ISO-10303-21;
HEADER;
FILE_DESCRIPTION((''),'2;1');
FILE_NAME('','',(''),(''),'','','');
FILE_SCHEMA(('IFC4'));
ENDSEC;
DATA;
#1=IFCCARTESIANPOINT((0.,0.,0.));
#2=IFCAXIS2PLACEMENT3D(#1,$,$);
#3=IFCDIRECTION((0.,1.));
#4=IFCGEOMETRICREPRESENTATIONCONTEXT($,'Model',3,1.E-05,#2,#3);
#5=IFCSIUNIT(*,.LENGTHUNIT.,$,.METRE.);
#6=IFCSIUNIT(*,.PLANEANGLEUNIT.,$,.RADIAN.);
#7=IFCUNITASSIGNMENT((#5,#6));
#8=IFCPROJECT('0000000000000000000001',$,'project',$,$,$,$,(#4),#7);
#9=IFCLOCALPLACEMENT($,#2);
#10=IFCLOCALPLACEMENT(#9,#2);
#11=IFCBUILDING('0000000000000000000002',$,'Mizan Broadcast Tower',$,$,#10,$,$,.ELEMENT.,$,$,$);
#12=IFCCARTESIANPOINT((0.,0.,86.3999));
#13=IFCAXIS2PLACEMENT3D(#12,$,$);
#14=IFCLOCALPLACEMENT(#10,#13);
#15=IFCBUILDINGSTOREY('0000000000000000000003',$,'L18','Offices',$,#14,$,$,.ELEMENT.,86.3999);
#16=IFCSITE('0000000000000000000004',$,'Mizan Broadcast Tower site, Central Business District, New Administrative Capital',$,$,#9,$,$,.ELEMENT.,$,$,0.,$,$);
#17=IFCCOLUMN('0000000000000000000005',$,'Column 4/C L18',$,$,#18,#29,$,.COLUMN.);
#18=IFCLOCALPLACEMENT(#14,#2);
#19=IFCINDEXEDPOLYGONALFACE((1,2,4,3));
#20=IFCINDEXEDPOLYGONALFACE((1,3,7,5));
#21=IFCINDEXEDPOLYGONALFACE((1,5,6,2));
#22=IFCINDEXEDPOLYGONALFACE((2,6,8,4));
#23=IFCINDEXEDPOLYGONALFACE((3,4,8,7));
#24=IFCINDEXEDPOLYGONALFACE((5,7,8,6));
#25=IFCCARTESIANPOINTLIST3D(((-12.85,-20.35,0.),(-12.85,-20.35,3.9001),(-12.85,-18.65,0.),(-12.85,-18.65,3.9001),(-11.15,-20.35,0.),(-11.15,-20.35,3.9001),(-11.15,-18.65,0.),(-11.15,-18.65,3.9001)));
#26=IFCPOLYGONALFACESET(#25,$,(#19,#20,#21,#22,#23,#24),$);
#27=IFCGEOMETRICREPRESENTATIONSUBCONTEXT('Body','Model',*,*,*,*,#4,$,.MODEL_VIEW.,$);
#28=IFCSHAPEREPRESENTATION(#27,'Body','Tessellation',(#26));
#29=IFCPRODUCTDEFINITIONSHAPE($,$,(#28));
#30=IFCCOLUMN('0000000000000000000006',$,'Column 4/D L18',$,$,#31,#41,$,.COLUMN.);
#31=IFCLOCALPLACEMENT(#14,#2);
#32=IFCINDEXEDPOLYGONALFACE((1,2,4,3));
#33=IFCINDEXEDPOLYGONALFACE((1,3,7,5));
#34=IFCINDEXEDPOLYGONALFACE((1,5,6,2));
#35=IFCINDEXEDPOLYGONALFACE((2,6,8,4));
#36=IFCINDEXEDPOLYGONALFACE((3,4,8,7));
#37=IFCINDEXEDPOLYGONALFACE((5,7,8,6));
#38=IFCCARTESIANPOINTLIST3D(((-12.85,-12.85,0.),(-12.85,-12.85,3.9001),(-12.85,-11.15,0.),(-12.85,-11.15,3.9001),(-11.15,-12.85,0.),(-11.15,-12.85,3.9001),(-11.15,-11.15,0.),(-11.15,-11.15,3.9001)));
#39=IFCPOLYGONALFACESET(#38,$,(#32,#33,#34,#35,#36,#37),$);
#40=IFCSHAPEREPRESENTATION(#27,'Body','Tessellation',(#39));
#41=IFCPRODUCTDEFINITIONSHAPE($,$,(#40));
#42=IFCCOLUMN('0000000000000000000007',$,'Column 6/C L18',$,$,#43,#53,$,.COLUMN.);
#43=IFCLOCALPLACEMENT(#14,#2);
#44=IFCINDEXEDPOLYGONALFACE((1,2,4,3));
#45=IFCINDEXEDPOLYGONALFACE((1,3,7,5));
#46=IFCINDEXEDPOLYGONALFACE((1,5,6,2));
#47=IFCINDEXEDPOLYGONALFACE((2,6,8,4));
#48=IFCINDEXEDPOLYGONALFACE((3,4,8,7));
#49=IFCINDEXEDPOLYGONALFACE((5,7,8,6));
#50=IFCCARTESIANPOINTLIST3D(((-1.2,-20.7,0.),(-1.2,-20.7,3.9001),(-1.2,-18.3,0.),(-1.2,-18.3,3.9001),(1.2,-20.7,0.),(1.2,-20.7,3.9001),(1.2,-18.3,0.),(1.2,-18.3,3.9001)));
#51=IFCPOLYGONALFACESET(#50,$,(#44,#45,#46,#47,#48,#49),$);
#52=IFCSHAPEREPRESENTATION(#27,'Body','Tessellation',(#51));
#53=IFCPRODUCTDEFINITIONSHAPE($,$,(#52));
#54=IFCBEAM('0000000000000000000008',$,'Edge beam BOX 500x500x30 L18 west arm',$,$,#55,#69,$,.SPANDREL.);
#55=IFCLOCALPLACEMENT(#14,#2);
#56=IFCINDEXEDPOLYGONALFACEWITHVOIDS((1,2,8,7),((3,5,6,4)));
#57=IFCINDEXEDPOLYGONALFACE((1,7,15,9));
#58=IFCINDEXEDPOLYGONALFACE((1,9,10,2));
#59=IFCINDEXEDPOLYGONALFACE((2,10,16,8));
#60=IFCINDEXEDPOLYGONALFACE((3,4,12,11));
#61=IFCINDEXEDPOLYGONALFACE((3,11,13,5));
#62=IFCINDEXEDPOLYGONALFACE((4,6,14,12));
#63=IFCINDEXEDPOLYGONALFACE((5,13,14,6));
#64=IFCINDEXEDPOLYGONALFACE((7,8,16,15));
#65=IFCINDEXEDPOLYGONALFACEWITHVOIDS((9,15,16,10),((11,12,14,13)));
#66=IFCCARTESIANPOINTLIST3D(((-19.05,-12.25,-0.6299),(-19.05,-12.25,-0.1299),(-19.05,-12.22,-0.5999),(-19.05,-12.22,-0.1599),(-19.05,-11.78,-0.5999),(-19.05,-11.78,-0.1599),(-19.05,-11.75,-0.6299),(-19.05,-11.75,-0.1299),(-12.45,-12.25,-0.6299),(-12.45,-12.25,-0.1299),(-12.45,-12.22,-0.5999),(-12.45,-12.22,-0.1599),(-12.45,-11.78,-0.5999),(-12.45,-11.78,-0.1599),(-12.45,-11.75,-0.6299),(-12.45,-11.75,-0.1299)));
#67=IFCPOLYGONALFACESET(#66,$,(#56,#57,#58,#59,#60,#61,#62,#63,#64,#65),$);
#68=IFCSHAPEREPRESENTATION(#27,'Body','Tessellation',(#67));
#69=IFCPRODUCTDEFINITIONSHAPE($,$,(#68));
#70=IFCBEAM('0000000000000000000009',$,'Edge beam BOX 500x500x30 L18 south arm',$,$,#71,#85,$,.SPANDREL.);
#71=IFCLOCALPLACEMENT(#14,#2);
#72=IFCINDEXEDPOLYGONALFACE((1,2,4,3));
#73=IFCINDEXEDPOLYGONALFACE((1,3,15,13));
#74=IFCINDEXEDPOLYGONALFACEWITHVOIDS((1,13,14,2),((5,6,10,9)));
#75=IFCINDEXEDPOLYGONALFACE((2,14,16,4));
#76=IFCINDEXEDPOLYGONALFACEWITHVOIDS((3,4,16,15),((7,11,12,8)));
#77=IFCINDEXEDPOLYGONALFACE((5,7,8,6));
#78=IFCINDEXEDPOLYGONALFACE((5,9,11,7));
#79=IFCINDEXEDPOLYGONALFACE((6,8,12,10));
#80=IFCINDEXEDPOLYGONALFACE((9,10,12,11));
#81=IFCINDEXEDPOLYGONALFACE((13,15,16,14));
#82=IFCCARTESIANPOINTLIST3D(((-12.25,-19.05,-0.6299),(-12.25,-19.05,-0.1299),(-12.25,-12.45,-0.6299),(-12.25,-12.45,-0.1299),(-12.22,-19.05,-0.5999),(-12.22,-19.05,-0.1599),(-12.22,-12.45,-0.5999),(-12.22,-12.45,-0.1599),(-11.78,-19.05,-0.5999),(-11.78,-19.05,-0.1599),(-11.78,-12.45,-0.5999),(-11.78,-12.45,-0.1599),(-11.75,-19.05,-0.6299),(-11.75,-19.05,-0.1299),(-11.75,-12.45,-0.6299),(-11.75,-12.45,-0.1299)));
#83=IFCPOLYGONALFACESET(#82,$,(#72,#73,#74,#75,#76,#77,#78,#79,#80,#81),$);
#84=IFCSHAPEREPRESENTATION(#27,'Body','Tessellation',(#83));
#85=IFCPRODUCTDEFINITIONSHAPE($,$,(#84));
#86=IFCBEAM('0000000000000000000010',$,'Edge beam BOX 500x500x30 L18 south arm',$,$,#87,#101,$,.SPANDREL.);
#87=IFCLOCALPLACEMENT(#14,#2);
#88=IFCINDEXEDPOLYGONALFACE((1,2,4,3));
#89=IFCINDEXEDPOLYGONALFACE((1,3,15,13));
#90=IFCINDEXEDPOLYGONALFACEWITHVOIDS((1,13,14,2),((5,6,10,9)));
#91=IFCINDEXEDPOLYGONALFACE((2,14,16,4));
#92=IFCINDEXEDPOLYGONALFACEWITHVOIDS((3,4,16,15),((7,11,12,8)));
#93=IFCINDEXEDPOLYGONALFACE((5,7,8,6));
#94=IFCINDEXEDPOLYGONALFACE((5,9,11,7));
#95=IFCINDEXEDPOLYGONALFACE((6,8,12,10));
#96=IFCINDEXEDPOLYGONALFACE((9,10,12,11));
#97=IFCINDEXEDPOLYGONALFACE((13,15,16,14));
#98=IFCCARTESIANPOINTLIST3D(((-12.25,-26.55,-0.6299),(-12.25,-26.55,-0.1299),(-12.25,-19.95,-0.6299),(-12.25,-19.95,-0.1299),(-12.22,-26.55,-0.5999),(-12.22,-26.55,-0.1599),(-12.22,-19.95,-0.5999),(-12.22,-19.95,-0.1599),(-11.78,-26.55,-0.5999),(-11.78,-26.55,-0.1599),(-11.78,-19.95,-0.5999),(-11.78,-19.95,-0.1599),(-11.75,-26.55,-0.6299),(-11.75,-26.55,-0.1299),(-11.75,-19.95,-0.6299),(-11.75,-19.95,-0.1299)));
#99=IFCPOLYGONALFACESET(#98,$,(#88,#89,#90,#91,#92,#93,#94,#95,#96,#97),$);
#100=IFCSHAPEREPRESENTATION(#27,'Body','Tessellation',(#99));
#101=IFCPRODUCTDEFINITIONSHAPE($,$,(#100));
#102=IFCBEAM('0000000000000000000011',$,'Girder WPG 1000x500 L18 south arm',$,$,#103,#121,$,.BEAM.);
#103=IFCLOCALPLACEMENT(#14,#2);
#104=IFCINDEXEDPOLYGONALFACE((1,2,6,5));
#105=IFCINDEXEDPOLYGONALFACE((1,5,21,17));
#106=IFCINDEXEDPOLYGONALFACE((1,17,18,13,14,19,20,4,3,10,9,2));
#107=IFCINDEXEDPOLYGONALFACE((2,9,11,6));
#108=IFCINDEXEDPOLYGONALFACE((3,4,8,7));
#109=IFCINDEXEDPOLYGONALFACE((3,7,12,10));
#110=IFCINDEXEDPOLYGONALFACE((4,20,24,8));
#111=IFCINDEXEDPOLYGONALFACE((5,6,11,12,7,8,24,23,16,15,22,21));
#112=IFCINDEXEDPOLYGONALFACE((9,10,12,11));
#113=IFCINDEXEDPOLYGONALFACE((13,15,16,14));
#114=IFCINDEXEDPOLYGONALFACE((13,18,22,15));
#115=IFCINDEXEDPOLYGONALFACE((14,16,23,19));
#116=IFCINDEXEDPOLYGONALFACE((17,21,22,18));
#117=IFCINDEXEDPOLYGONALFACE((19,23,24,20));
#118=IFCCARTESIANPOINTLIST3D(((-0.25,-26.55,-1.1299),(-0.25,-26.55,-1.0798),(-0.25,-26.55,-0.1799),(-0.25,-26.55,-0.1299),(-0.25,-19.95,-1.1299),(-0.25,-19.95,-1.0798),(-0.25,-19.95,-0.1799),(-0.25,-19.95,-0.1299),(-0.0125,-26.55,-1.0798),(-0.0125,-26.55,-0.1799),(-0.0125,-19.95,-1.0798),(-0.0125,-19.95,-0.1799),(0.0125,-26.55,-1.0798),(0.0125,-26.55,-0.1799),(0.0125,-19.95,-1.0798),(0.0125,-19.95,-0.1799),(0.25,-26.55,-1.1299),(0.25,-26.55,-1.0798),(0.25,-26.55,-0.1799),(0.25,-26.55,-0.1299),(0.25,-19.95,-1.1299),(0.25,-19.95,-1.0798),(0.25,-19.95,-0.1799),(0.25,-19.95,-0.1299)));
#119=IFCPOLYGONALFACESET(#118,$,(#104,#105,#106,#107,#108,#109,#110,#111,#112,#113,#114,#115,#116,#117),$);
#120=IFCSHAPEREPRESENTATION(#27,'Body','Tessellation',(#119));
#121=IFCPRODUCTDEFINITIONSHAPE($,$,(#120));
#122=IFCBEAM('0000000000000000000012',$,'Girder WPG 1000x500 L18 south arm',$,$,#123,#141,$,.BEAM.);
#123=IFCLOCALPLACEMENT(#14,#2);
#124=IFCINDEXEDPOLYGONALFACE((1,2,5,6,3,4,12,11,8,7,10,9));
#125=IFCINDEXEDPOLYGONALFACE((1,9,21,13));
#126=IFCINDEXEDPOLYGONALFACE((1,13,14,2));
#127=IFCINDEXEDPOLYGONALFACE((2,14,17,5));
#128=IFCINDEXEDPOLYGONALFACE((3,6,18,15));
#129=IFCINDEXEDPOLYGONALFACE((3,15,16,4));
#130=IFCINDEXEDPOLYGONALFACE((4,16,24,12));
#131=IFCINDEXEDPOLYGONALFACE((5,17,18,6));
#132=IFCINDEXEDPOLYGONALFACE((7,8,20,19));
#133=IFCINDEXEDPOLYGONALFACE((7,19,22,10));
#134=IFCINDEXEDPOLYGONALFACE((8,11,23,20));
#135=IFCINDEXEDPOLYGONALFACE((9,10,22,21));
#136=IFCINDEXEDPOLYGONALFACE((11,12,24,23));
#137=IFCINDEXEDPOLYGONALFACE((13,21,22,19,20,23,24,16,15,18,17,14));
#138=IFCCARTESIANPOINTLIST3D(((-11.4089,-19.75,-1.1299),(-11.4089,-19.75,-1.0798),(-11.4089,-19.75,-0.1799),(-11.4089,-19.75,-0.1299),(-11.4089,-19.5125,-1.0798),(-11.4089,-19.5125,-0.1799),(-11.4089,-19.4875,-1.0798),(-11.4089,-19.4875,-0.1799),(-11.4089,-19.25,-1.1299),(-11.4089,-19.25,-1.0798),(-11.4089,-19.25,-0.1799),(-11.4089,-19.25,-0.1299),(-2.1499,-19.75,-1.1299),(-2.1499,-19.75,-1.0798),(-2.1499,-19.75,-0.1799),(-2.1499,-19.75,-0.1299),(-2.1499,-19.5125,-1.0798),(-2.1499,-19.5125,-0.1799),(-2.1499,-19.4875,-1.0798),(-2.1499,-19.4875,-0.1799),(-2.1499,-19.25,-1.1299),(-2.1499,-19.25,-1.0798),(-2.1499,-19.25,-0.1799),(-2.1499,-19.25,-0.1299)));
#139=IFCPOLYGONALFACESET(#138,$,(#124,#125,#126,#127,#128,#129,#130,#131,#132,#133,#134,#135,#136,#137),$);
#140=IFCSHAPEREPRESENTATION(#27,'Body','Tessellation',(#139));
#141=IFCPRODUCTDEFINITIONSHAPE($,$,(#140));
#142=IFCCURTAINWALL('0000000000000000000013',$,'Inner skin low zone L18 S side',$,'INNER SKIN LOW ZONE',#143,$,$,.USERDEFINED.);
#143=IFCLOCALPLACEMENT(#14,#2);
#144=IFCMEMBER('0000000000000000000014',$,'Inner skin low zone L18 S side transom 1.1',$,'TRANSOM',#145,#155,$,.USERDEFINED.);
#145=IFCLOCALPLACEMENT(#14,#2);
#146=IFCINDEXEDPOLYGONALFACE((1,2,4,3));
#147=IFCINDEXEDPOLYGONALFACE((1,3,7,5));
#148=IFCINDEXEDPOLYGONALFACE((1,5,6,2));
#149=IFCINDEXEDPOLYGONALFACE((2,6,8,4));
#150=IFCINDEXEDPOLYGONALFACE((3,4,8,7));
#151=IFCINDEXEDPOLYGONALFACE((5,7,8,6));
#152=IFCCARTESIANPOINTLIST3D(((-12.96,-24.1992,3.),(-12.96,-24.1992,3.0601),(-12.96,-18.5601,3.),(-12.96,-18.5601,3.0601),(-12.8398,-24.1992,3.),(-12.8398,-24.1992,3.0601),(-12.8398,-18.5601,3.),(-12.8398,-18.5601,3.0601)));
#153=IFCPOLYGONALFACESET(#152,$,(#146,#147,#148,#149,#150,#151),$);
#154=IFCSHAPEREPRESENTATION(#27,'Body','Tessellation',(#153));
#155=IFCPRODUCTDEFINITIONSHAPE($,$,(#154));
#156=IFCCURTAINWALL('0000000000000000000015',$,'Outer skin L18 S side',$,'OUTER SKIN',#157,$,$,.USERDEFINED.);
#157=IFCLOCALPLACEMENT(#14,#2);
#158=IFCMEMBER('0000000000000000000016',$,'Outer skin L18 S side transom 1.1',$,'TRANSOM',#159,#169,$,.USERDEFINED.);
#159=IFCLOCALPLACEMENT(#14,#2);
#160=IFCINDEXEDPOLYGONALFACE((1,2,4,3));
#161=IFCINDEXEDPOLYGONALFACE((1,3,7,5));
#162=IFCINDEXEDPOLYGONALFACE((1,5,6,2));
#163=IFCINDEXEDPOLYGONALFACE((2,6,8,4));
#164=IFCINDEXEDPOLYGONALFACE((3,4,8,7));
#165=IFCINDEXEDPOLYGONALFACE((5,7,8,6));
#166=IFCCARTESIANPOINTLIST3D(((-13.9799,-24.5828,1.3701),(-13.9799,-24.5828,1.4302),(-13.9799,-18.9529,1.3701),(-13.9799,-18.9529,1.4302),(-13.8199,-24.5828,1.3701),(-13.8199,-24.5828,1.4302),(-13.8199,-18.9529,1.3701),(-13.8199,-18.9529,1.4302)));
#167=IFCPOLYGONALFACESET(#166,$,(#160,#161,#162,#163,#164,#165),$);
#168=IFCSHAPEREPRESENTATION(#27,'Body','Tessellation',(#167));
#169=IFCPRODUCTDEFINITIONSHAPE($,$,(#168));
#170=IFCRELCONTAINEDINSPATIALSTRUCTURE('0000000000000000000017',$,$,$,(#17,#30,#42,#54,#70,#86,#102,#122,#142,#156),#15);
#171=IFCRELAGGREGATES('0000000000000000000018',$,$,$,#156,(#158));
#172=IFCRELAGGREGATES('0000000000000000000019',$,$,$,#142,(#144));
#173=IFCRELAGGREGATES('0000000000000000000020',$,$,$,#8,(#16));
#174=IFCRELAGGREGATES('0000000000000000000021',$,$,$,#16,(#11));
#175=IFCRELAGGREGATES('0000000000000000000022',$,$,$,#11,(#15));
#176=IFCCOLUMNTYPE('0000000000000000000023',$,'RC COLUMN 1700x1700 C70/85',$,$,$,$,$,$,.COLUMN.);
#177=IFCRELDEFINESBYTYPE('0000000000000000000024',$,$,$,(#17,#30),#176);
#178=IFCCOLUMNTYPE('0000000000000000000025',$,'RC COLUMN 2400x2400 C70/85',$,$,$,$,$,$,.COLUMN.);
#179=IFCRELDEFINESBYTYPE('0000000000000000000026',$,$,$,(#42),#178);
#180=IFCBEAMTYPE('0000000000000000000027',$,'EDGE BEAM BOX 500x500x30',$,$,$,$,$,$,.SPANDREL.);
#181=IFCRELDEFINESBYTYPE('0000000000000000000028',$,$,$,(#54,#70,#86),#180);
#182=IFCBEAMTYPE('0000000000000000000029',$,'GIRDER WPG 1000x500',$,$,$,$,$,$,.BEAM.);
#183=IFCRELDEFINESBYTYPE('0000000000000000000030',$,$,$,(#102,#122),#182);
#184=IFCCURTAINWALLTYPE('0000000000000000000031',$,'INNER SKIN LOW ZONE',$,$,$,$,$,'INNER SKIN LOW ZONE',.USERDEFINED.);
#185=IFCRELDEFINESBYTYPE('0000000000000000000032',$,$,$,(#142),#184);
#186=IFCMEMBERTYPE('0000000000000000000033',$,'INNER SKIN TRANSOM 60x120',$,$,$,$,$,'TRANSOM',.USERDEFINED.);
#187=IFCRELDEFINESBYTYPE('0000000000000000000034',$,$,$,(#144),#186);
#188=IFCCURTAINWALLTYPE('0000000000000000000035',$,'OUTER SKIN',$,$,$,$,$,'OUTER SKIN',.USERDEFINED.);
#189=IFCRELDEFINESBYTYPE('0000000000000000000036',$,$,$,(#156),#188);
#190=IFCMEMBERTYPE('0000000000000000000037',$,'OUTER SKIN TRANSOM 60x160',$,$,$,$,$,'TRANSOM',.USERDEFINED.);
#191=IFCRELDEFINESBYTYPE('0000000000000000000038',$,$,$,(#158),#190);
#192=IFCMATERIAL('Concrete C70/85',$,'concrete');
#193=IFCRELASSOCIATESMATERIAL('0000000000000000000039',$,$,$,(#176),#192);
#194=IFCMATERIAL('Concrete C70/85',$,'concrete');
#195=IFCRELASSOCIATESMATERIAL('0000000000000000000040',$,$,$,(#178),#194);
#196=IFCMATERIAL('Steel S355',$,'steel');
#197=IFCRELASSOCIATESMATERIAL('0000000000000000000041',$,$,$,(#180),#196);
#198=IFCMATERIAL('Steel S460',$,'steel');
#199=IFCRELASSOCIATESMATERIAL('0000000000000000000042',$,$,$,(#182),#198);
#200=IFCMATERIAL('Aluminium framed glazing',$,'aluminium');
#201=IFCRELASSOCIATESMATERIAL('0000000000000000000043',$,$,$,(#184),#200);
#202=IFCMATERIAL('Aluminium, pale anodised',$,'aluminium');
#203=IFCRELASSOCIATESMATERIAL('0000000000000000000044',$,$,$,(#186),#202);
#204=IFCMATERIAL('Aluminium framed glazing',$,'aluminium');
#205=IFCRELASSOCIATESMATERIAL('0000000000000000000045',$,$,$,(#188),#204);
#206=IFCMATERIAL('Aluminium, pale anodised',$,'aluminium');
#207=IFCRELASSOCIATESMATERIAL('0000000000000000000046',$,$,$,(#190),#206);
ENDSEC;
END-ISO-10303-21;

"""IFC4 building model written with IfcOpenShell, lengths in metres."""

from ifc_helpers import new_model, si_unit, direction, frame, origin, origin_2d, place, context, subcontext, project, spatial, rectangle, hollow_rectangle, i_section, extrude, material, material_profile, profile_set, type_object, element, aggregate, save


model = new_model("IFC4")

# Units and contexts
model_context = context("Model", 3, precision=1e-05, world=origin(), true_north=direction((0.0, 1.0)))
body_context = subcontext(model_context, "Body", "Model", "MODEL_VIEW")
ifc_project = project(units=[si_unit("LENGTHUNIT", "METRE"), si_unit("PLANEANGLEUNIT", "RADIAN")], contexts=[model_context])

# Site, building, storey
site_placement = place(None, origin())
site = spatial("IfcSite", under=ifc_project, at=site_placement, Name="Mizan Broadcast Tower site, Central Business District, New Administrative Capital", CompositionType="ELEMENT", RefElevation=0.0)
building_placement = place(site_placement, origin())
building = spatial("IfcBuilding", under=site, at=building_placement, Name="Mizan Broadcast Tower", CompositionType="ELEMENT")
storey_placement = place(building_placement, frame((0.0, 0.0, 86.3999)))
storey = spatial("IfcBuildingStorey", under=building, at=storey_placement, Name="L18", Description="Offices", CompositionType="ELEMENT", Elevation=86.3999)

# Columns
ifc_material_1 = material(Name="Concrete C70/85", Category="concrete")
ifc_material_profile_1 = material_profile(ifc_material_1, rectangle(XDim=1.7, YDim=1.7, at=origin_2d()), Name="RC 1700x1700")
ifc_profile_set_1 = profile_set([ifc_material_profile_1], Name="Concrete C70/85")
column_type_1 = type_object("IfcColumnType", Name="RC COLUMN 1700x1700 C70/85", PredefinedType="COLUMN", material=ifc_profile_set_1)
for number, where, z_axis, x_axis, name in (
    (1, (-12.0, -19.5, 0.0), (0.0, 0.0, 1.0), (1.0, 0.0, 0.0), "Column 4/C L18"),
    (2, (-12.0, -12.0, 0.0), (0.0, 0.0, 1.0), (1.0, 0.0, 0.0), "Column 4/D L18"),
):
    element("IfcColumn", number, at=place(storey_placement, frame(where, z_axis=z_axis, x_axis=x_axis)), inside=storey, type_object=column_type_1, Name=name, PredefinedType="COLUMN", context=body_context, shape_type="SweptSolid", body=[
        extrude(rectangle(XDim=1.7, YDim=1.7, at=origin_2d()), origin(), (0.0, 0.0, 1.0), 3.9001),
    ])
ifc_material_2 = material(Name="Concrete C70/85", Category="concrete")
ifc_material_profile_2 = material_profile(ifc_material_2, rectangle(XDim=2.3999, YDim=2.3999, at=origin_2d()), Name="RC 2400x2400")
ifc_profile_set_2 = profile_set([ifc_material_profile_2], Name="Concrete C70/85")
column_type_2 = type_object("IfcColumnType", Name="RC COLUMN 2400x2400 C70/85", PredefinedType="COLUMN", material=ifc_profile_set_2)
column_placement = place(storey_placement, frame((0.0, -19.5, 0.0), z_axis=(0.0, 0.0, 1.0), x_axis=(1.0, 0.0, 0.0)))
element("IfcColumn", 3, at=column_placement, inside=storey, type_object=column_type_2, Name="Column 6/C L18", PredefinedType="COLUMN", context=body_context, shape_type="SweptSolid", body=[
    extrude(rectangle(XDim=2.3999, YDim=2.3999, at=origin_2d()), origin(), (0.0, 0.0, 1.0), 3.9001),
])

# Beams
ifc_material_3 = material(Name="Steel S355", Category="steel")
ifc_material_profile_3 = material_profile(ifc_material_3, hollow_rectangle(XDim=0.5, YDim=0.5, WallThickness=0.03, at=origin_2d()), Name="BOX 500x500x30")
ifc_profile_set_3 = profile_set([ifc_material_profile_3], Name="Steel S355")
beam_type_1 = type_object("IfcBeamType", Name="EDGE BEAM BOX 500x500x30", PredefinedType="SPANDREL", material=ifc_profile_set_3)
for number, where, z_axis, x_axis, name in (
    (4, (-12.45, -12.0, -0.3799), (-1.0, 0.0, 0.0), (0.0, -1.0, 0.0), "Edge beam BOX 500x500x30 L18 west arm"),
    (5, (-12.0, -12.45, -0.3799), (0.0, -1.0, 0.0), (1.0, 0.0, 0.0), "Edge beam BOX 500x500x30 L18 south arm"),
    (6, (-12.0, -19.95, -0.3799), (0.0, -1.0, 0.0), (1.0, 0.0, 0.0), "Edge beam BOX 500x500x30 L18 south arm"),
):
    element("IfcBeam", number, at=place(storey_placement, frame(where, z_axis=z_axis, x_axis=x_axis)), inside=storey, type_object=beam_type_1, Name=name, PredefinedType="SPANDREL", context=body_context, shape_type="SweptSolid", body=[
        extrude(hollow_rectangle(XDim=0.5, YDim=0.5, WallThickness=0.03, at=origin_2d()), origin(), (0.0, 0.0, 1.0), 6.6001),
    ])
ifc_material_4 = material(Name="Steel S460", Category="steel")
ifc_material_profile_4 = material_profile(ifc_material_4, i_section(OverallWidth=0.5, OverallDepth=1.0, WebThickness=0.0249, FlangeThickness=0.05, at=origin_2d()), Name="WPG 1000x500")
ifc_profile_set_4 = profile_set([ifc_material_profile_4], Name="Steel S460")
beam_type_2 = type_object("IfcBeamType", Name="GIRDER WPG 1000x500", PredefinedType="BEAM", material=ifc_profile_set_4)
beam_1_placement = place(storey_placement, frame((0.0, -19.95, -0.6299), z_axis=(0.0, -1.0, 0.0), x_axis=(1.0, 0.0, 0.0)))
element("IfcBeam", 7, at=beam_1_placement, inside=storey, type_object=beam_type_2, Name="Girder WPG 1000x500 L18 south arm", PredefinedType="BEAM", context=body_context, shape_type="SweptSolid", body=[
    extrude(i_section(OverallWidth=0.5, OverallDepth=1.0, WebThickness=0.0249, FlangeThickness=0.05, at=origin_2d()), origin(), (0.0, 0.0, 1.0), 6.6001),
])
beam_2_placement = place(storey_placement, frame((-11.4089, -19.5, -0.6299), z_axis=(1.0, 0.0, 0.0), x_axis=(0.0, 1.0, 0.0)))
element("IfcBeam", 8, at=beam_2_placement, inside=storey, type_object=beam_type_2, Name="Girder WPG 1000x500 L18 south arm", PredefinedType="BEAM", context=body_context, shape_type="SweptSolid", body=[
    extrude(i_section(OverallWidth=0.5, OverallDepth=1.0, WebThickness=0.0249, FlangeThickness=0.05, at=origin_2d()), origin(), (0.0, 0.0, 1.0), 9.259),
])

# Curtain walls, members
ifc_material_5 = material(Name="Aluminium framed glazing", Category="aluminium")
curtain_wall_type_1 = type_object("IfcCurtainWallType", Name="INNER SKIN LOW ZONE", ElementType="INNER SKIN LOW ZONE", PredefinedType="USERDEFINED", material=ifc_material_5)
curtain_wall_1_placement = place(storey_placement, origin())
curtain_wall_1 = element("IfcCurtainWall", 9, at=curtain_wall_1_placement, inside=storey, type_object=curtain_wall_type_1, Name="Inner skin low zone L18 S side", ObjectType="INNER SKIN LOW ZONE", PredefinedType="USERDEFINED")
ifc_material_6 = material(Name="Aluminium, pale anodised", Category="aluminium")
ifc_material_profile_5 = material_profile(ifc_material_6, rectangle(XDim=0.1201, YDim=0.0601, at=origin_2d()), Name="TRANSOM 120x60")
ifc_profile_set_5 = profile_set([ifc_material_profile_5], Name="Aluminium, pale anodised")
member_type_1 = type_object("IfcMemberType", Name="INNER SKIN TRANSOM 60x120", ElementType="TRANSOM", PredefinedType="USERDEFINED", material=ifc_profile_set_5)
member_1_placement = place(storey_placement, frame((-12.8999, -18.5601, 3.03), z_axis=(0.0, -1.0, 0.0), x_axis=(1.0, 0.0, 0.0)))
member_1 = element("IfcMember", 10, at=member_1_placement, type_object=member_type_1, Name="Inner skin low zone L18 S side transom 1.1", ObjectType="TRANSOM", PredefinedType="USERDEFINED", context=body_context, shape_type="SweptSolid", body=[
    extrude(rectangle(XDim=0.1201, YDim=0.0601, at=origin_2d()), origin(), (0.0, 0.0, 1.0), 5.6392),
])
ifc_material_7 = material(Name="Aluminium framed glazing", Category="aluminium")
curtain_wall_type_2 = type_object("IfcCurtainWallType", Name="OUTER SKIN", ElementType="OUTER SKIN", PredefinedType="USERDEFINED", material=ifc_material_7)
curtain_wall_2_placement = place(storey_placement, origin())
curtain_wall_2 = element("IfcCurtainWall", 11, at=curtain_wall_2_placement, inside=storey, type_object=curtain_wall_type_2, Name="Outer skin L18 S side", ObjectType="OUTER SKIN", PredefinedType="USERDEFINED")
ifc_material_8 = material(Name="Aluminium, pale anodised", Category="aluminium")
ifc_material_profile_6 = material_profile(ifc_material_8, rectangle(XDim=0.1599, YDim=0.0601, at=origin_2d()), Name="TRANSOM 160x60")
ifc_profile_set_6 = profile_set([ifc_material_profile_6], Name="Aluminium, pale anodised")
member_type_2 = type_object("IfcMemberType", Name="OUTER SKIN TRANSOM 60x160", ElementType="TRANSOM", PredefinedType="USERDEFINED", material=ifc_profile_set_6)
member_2_placement = place(storey_placement, frame((-13.8999, -18.9529, 1.4001), z_axis=(0.0, -1.0, 0.0), x_axis=(1.0, 0.0, 0.0)))
member_2 = element("IfcMember", 12, at=member_2_placement, type_object=member_type_2, Name="Outer skin L18 S side transom 1.1", ObjectType="TRANSOM", PredefinedType="USERDEFINED", context=body_context, shape_type="SweptSolid", body=[
    extrude(rectangle(XDim=0.1599, YDim=0.0601, at=origin_2d()), origin(), (0.0, 0.0, 1.0), 5.6299),
])
aggregate(curtain_wall_2, [member_2])

aggregate(curtain_wall_1, [member_1])

save(model, "model.ifc")
